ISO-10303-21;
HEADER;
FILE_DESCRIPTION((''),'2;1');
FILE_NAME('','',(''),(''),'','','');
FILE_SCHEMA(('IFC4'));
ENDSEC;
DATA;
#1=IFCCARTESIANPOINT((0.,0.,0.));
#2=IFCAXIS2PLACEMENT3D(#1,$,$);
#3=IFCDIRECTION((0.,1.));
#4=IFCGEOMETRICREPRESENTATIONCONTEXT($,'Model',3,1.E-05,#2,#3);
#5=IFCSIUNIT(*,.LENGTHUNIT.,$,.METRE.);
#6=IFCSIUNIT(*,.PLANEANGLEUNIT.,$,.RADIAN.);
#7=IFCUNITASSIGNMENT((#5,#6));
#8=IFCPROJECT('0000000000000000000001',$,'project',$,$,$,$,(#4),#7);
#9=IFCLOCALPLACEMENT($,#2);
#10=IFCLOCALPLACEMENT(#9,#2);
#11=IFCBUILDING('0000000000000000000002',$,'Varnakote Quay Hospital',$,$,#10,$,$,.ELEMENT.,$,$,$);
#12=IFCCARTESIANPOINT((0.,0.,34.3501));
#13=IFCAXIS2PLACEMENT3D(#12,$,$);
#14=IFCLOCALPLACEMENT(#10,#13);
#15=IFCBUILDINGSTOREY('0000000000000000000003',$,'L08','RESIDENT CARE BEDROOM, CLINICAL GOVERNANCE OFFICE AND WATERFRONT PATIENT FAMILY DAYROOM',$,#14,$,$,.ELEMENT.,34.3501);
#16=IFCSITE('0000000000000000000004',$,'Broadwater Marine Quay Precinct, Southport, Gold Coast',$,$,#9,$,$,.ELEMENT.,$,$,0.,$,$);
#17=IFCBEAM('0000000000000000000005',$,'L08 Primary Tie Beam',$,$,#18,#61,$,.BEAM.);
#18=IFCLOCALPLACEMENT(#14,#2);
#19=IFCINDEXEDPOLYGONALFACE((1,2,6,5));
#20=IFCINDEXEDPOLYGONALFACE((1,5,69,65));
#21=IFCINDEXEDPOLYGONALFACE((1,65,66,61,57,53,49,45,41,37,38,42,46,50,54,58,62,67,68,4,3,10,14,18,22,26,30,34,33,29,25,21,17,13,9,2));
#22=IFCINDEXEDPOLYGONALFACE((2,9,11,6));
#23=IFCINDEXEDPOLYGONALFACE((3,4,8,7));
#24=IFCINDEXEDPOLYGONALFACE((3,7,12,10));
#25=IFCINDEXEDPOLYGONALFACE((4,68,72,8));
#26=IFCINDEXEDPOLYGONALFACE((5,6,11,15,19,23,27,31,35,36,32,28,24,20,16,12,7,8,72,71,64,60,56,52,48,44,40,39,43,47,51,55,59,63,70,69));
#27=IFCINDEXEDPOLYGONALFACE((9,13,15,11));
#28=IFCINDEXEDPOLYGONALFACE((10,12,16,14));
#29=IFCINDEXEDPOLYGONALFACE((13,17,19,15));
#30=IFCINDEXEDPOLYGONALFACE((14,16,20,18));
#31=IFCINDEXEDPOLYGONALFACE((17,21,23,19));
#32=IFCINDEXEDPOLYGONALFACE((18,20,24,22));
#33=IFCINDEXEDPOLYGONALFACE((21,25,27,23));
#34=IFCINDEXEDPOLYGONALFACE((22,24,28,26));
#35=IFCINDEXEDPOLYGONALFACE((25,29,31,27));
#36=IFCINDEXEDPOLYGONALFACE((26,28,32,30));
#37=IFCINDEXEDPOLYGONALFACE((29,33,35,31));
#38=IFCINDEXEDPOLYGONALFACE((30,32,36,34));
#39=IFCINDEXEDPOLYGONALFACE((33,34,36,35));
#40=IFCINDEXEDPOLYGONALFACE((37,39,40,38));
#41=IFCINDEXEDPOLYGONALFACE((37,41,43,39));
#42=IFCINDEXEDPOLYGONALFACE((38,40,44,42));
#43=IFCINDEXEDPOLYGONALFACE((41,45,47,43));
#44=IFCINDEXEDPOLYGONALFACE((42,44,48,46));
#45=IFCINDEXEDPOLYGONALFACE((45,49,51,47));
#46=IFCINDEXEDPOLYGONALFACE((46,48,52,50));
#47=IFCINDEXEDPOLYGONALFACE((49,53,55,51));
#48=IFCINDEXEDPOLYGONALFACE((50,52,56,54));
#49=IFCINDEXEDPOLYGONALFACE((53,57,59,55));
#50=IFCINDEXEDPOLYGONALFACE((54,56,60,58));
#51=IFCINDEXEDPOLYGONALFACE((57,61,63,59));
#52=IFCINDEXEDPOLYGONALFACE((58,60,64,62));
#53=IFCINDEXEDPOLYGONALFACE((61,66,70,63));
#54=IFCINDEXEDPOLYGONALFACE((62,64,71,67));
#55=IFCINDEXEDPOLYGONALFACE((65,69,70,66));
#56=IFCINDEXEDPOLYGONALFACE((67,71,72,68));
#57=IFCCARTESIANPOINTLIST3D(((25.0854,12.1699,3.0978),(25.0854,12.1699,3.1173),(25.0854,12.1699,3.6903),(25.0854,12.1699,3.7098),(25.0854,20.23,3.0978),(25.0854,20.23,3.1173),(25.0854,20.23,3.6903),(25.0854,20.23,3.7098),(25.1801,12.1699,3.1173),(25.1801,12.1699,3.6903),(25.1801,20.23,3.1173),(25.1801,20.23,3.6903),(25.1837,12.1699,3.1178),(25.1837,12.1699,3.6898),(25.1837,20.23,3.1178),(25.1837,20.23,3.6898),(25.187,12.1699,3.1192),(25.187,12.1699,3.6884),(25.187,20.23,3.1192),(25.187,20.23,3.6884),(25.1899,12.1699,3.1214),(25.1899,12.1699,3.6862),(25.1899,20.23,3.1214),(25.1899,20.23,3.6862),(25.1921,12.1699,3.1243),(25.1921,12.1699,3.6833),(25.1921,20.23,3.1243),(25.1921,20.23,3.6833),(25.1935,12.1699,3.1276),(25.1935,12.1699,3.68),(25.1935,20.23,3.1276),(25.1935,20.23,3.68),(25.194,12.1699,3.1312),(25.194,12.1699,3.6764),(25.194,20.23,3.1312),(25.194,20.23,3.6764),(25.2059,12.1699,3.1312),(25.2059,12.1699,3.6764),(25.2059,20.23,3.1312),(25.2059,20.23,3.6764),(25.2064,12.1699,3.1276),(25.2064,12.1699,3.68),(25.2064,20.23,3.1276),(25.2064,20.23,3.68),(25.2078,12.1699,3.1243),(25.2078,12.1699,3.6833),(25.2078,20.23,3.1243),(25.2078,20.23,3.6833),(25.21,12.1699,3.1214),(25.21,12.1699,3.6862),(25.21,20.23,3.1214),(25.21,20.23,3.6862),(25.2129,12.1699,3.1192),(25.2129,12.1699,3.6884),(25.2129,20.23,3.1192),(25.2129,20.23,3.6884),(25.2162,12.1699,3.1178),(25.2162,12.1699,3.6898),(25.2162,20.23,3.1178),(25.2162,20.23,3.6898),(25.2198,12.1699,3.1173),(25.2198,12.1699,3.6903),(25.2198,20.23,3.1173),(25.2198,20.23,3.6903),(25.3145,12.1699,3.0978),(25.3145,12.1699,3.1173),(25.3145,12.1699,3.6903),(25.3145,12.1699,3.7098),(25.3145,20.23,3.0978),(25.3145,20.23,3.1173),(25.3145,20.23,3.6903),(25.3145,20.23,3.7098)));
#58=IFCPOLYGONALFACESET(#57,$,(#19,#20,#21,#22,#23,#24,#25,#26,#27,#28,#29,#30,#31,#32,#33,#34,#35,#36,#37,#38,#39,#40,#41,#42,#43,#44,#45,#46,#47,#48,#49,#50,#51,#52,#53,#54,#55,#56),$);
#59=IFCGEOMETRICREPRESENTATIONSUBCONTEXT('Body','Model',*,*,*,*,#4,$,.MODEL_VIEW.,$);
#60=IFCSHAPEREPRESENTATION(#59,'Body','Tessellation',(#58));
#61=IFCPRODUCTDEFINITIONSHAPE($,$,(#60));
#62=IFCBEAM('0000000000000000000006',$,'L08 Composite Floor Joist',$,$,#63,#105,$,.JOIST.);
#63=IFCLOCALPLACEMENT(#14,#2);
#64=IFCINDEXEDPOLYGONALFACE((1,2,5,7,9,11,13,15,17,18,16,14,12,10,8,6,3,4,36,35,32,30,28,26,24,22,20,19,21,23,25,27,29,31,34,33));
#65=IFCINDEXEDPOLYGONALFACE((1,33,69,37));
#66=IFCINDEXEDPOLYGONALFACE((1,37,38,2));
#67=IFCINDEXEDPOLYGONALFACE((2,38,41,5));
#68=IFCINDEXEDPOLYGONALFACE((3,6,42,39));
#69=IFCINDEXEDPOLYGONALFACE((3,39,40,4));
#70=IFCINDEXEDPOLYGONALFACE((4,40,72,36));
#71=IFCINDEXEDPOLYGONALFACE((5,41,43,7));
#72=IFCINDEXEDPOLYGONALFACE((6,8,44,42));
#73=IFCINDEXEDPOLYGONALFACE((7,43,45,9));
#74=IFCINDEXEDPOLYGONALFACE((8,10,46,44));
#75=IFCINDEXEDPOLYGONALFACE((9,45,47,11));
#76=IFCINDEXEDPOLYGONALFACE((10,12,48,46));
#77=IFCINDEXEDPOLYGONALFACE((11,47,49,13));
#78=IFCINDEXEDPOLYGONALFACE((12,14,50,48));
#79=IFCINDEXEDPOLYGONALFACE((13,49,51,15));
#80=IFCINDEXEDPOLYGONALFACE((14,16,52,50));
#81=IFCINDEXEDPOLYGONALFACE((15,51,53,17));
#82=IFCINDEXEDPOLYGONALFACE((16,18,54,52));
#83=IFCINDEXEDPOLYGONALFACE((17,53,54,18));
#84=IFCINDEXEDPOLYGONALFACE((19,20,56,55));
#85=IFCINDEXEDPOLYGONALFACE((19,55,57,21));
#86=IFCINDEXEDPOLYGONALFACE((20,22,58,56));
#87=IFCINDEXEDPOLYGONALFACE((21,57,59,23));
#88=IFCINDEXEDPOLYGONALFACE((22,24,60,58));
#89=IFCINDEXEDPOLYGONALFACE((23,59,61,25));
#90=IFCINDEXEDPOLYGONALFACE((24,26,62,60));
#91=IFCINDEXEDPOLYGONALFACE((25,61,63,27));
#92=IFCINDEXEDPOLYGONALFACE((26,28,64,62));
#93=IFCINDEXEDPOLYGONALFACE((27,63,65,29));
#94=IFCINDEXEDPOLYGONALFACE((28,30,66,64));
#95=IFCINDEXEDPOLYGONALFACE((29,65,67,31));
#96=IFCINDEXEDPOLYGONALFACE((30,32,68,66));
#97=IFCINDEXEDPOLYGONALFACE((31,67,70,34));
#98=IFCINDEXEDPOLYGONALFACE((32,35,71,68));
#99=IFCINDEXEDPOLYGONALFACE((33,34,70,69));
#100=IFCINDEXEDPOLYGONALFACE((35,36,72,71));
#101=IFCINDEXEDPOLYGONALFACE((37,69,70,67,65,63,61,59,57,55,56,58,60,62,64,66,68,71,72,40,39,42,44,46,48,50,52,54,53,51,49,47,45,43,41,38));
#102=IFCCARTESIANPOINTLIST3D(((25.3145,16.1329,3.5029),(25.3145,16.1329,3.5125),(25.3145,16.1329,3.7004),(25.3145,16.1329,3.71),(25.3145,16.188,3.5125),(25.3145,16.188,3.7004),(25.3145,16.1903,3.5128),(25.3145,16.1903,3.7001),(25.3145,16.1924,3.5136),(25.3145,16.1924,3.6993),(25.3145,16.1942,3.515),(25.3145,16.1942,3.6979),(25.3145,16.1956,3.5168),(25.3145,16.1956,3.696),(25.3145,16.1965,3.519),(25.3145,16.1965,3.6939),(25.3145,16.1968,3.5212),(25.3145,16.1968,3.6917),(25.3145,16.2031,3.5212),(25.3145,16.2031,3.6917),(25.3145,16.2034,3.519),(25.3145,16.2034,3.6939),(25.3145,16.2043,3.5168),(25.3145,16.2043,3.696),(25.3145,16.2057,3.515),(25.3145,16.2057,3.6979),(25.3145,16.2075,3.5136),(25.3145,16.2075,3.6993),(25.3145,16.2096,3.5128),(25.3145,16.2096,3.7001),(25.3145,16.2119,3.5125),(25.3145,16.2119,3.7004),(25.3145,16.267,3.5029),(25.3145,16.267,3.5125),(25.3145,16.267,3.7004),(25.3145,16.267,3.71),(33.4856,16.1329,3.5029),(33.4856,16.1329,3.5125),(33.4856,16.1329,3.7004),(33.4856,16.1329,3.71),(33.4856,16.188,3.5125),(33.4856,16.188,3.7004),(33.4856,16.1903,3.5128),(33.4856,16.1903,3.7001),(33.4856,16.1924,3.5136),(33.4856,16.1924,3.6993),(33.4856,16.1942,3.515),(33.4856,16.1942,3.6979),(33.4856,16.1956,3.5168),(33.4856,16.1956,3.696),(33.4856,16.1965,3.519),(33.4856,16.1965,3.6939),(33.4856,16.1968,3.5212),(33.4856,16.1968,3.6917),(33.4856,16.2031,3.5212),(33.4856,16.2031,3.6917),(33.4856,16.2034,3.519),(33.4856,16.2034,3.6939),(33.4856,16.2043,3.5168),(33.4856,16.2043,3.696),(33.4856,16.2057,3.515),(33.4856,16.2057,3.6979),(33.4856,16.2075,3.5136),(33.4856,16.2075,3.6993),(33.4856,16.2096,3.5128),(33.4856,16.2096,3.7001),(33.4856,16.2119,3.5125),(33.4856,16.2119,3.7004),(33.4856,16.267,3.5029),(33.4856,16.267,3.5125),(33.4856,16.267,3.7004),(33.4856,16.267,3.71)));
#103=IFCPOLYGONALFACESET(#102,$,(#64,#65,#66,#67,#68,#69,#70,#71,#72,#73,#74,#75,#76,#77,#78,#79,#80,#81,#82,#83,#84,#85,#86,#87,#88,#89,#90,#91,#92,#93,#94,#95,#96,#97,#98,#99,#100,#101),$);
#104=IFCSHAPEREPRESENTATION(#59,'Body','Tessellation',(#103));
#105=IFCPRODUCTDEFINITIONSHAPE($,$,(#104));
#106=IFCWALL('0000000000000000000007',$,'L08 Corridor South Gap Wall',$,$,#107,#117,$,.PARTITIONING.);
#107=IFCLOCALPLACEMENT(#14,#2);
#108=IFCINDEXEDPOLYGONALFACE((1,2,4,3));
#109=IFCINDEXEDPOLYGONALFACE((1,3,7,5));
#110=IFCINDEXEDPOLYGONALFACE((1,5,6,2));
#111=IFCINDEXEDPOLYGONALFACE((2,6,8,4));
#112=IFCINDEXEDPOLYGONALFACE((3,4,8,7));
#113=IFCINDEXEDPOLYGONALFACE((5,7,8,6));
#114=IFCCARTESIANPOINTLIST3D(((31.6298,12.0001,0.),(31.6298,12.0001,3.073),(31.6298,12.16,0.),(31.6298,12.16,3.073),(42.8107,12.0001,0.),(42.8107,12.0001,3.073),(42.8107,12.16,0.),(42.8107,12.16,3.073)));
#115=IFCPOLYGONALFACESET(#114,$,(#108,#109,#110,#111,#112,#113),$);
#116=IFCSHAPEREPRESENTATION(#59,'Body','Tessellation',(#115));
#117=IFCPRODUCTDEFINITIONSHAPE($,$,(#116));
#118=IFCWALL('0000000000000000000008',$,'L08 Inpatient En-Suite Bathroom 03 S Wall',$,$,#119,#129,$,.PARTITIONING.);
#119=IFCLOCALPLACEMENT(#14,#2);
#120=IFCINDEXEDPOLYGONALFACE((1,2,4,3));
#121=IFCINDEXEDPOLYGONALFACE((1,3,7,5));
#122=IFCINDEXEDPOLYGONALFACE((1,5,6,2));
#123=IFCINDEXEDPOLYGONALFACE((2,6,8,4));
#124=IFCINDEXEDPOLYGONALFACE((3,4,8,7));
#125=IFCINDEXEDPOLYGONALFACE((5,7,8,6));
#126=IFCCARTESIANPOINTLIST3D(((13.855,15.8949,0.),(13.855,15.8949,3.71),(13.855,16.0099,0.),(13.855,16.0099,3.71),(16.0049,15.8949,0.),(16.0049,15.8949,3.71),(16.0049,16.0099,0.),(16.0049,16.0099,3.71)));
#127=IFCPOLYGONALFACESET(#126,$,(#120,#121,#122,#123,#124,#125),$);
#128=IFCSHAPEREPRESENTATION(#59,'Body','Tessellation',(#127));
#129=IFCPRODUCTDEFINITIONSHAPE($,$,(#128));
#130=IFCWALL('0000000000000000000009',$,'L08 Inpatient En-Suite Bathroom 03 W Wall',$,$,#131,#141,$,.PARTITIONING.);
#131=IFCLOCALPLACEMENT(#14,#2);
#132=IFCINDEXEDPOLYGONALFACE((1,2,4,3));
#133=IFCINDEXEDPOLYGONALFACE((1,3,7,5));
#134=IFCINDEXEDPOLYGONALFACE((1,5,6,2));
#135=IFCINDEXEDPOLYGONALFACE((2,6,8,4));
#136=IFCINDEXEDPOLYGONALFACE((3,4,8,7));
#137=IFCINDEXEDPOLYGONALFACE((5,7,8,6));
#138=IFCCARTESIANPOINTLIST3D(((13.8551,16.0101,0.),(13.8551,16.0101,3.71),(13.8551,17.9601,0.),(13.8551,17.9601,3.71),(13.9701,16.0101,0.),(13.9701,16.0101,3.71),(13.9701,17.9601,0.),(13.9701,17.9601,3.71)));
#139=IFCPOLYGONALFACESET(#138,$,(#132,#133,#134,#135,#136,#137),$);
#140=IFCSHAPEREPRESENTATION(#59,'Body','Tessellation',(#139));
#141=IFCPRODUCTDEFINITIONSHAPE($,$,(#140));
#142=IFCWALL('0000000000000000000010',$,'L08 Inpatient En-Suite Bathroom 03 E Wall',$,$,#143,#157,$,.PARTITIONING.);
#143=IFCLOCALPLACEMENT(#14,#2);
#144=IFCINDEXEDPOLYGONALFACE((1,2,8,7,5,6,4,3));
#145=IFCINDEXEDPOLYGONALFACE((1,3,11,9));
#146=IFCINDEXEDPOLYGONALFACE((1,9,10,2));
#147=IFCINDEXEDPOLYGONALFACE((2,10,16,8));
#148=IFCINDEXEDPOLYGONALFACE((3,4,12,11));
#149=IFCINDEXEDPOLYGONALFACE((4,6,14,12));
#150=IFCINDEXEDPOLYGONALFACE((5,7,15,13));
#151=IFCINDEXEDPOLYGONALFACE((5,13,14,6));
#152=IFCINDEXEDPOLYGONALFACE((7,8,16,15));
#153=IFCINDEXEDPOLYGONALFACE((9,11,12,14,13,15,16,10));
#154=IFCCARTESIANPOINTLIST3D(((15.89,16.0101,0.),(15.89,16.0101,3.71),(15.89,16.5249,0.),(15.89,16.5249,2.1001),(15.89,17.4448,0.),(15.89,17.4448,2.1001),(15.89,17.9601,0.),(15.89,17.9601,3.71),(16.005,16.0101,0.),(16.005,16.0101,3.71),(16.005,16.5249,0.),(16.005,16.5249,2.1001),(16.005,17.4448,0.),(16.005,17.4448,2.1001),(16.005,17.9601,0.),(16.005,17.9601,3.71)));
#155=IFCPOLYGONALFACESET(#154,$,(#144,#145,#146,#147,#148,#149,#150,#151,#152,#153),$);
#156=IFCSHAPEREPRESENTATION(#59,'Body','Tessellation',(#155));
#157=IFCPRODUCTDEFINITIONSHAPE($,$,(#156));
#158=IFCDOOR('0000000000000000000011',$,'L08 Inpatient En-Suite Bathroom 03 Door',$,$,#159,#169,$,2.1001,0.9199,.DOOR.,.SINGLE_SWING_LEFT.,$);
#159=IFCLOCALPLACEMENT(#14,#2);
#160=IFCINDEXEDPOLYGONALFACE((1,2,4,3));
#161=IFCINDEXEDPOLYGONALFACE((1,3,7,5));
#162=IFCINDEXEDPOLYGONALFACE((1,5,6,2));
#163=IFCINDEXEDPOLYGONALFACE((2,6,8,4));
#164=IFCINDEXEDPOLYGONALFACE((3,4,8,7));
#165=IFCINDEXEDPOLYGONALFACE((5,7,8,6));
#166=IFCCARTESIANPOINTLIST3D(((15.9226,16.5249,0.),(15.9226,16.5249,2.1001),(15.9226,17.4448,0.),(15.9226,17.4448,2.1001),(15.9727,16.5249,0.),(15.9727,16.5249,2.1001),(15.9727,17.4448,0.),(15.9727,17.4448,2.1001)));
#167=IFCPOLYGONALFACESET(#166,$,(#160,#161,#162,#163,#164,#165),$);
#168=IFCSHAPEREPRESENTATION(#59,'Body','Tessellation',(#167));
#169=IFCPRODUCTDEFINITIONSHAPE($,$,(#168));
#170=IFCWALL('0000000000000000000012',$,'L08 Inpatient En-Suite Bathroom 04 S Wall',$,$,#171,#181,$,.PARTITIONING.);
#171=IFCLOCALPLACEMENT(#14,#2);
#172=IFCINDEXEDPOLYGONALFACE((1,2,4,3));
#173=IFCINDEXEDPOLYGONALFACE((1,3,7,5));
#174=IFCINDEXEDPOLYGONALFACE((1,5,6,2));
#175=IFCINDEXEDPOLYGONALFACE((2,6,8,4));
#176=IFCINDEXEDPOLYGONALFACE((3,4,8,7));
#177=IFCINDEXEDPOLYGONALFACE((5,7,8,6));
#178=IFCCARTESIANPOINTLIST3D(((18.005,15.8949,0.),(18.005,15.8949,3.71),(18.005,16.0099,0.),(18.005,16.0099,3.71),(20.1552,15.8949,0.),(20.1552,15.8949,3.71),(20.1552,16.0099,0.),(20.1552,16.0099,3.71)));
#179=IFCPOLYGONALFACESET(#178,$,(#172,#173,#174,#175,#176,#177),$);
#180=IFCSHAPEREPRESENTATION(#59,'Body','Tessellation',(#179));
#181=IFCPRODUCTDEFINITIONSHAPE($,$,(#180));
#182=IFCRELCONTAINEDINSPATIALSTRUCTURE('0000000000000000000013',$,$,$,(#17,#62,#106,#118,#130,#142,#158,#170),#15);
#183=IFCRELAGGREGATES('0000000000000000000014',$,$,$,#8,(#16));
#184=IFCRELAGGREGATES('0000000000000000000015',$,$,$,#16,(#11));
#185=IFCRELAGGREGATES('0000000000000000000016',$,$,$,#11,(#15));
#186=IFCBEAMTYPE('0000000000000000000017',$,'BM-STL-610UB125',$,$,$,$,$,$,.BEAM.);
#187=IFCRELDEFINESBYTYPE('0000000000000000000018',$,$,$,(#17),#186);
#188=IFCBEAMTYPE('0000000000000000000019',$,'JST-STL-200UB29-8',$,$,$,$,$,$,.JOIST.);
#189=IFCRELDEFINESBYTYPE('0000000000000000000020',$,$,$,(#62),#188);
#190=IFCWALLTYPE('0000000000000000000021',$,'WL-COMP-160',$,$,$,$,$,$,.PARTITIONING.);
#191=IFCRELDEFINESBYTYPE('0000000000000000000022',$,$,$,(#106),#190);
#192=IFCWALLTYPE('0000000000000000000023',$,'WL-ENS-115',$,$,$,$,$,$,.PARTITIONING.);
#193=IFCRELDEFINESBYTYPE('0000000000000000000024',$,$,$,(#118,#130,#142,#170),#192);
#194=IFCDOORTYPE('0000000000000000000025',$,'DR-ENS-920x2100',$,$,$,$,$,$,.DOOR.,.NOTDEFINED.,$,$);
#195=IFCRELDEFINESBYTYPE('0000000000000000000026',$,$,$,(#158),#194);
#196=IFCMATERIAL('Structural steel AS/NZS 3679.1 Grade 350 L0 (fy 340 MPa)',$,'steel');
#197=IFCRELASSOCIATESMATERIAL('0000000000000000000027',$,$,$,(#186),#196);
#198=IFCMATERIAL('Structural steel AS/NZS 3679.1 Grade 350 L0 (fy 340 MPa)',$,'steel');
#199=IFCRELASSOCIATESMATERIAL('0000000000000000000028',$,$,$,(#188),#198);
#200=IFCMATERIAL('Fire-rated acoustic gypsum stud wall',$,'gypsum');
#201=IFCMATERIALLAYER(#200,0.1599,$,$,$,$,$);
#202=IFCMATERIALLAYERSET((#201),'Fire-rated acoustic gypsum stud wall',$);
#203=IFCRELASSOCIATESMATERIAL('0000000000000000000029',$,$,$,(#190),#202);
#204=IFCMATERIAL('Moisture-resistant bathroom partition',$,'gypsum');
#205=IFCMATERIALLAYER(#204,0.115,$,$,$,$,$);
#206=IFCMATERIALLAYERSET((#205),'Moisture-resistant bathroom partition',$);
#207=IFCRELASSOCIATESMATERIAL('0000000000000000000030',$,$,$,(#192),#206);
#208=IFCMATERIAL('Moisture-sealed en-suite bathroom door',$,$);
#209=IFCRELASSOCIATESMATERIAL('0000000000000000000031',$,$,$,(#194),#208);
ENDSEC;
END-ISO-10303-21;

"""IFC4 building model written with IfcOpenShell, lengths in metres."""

from ifc_helpers import new_model, si_unit, direction, frame, frame_2d, origin, origin_2d, place, context, subcontext, project, spatial, rectangle, i_section, extrude, material, layer, layer_set, material_profile, profile_set, type_object, element, fill, save


model = new_model("IFC4")

# Units and contexts
model_context = context("Model", 3, precision=1e-05, world=origin(), true_north=direction((0.0, 1.0)))
body_context = subcontext(model_context, "Body", "Model", "MODEL_VIEW")
ifc_project = project(units=[si_unit("LENGTHUNIT", "METRE"), si_unit("PLANEANGLEUNIT", "RADIAN")], contexts=[model_context])

# Site, building, storey
site_placement = place(None, origin())
site = spatial("IfcSite", under=ifc_project, at=site_placement, Name="Broadwater Marine Quay Precinct, Southport, Gold Coast", CompositionType="ELEMENT", RefElevation=0.0)
building_placement = place(site_placement, origin())
building = spatial("IfcBuilding", under=site, at=building_placement, Name="Varnakote Quay Hospital", CompositionType="ELEMENT")
storey_placement = place(building_placement, frame((0.0, 0.0, 34.3501)))
storey = spatial("IfcBuildingStorey", under=building, at=storey_placement, Name="L08", Description="RESIDENT CARE BEDROOM, CLINICAL GOVERNANCE OFFICE AND WATERFRONT PATIENT FAMILY DAYROOM", CompositionType="ELEMENT", Elevation=34.3501)

# Beams
ifc_material_1 = material(Name="Structural steel AS/NZS 3679.1 Grade 350 L0 (fy 340 MPa)", Category="steel")
ifc_material_profile_1 = material_profile(ifc_material_1, i_section(OverallWidth=0.229, OverallDepth=0.6121, WebThickness=0.012, FlangeThickness=0.0195, FilletRadius=0.0139, at=origin_2d()), Name="610UB125")
ifc_profile_set_1 = profile_set([ifc_material_profile_1], Name="Structural steel AS/NZS 3679.1 Grade 350 L0 (fy 340 MPa)")
beam_type_1 = type_object("IfcBeamType", Name="BM-STL-610UB125", PredefinedType="BEAM", material=ifc_profile_set_1)
beam_1_placement = place(storey_placement, frame((25.2, 12.1699, 3.4038), z_axis=(0.0, 1.0, 0.0), x_axis=(-1.0, 0.0, 0.0)))
element("IfcBeam", 1, at=beam_1_placement, inside=storey, type_object=beam_type_1, Name="L08 Primary Tie Beam", PredefinedType="BEAM", context=body_context, shape_type="SweptSolid", body=[
    extrude(i_section(OverallWidth=0.229, OverallDepth=0.6121, WebThickness=0.012, FlangeThickness=0.0195, FilletRadius=0.0139, at=origin_2d()), origin(), (0.0, 0.0, 1.0), 8.0601),
])
ifc_material_2 = material(Name="Structural steel AS/NZS 3679.1 Grade 350 L0 (fy 340 MPa)", Category="steel")
ifc_material_profile_2 = material_profile(ifc_material_2, i_section(OverallWidth=0.134, OverallDepth=0.207, WebThickness=0.0063, FlangeThickness=0.0095, FilletRadius=0.0088, at=origin_2d()), Name="200UB29.8")
ifc_profile_set_2 = profile_set([ifc_material_profile_2], Name="Structural steel AS/NZS 3679.1 Grade 350 L0 (fy 340 MPa)")
beam_type_2 = type_object("IfcBeamType", Name="JST-STL-200UB29-8", PredefinedType="JOIST", material=ifc_profile_set_2)
beam_2_placement = place(storey_placement, frame((25.3145, 16.2, 3.6064), z_axis=(1.0, 0.0, 0.0), x_axis=(0.0, 1.0, 0.0)))
element("IfcBeam", 2, at=beam_2_placement, inside=storey, type_object=beam_type_2, Name="L08 Composite Floor Joist", PredefinedType="JOIST", context=body_context, shape_type="SweptSolid", body=[
    extrude(i_section(OverallWidth=0.134, OverallDepth=0.207, WebThickness=0.0063, FlangeThickness=0.0095, FilletRadius=0.0088, at=origin_2d()), origin(), (0.0, 0.0, 1.0), 8.1711),
])

# Walls
ifc_material_3 = material(Name="Fire-rated acoustic gypsum stud wall", Category="gypsum")
ifc_layer_1 = layer(ifc_material_3, 0.1599)
ifc_layer_set_1 = layer_set([ifc_layer_1], Name="Fire-rated acoustic gypsum stud wall")
wall_type_1 = type_object("IfcWallType", Name="WL-COMP-160", PredefinedType="PARTITIONING", material=ifc_layer_set_1)
wall_1_placement = place(storey_placement, frame((31.6299, 12.0801, 0.0), z_axis=(0.0, 0.0, 1.0), x_axis=(1.0, 0.0, 0.0)))
element("IfcWall", 3, at=wall_1_placement, inside=storey, type_object=wall_type_1, Name="L08 Corridor South Gap Wall", PredefinedType="PARTITIONING", context=body_context, shape_type="SweptSolid", body=[
    extrude(rectangle(XDim=11.1809, YDim=0.1599, at=frame_2d((5.5903, 0.0))), origin(), (0.0, 0.0, 1.0), 3.073),
])
ifc_material_4 = material(Name="Moisture-resistant bathroom partition", Category="gypsum")
ifc_layer_2 = layer(ifc_material_4, 0.115)
ifc_layer_set_2 = layer_set([ifc_layer_2], Name="Moisture-resistant bathroom partition")
wall_type_2 = type_object("IfcWallType", Name="WL-ENS-115", PredefinedType="PARTITIONING", material=ifc_layer_set_2)
wall_2_placement = place(storey_placement, frame((13.855, 15.9524, 0.0), z_axis=(0.0, 0.0, 1.0), x_axis=(1.0, 0.0, 0.0)))
element("IfcWall", 4, at=wall_2_placement, inside=storey, type_object=wall_type_2, Name="L08 Inpatient En-Suite Bathroom 03 S Wall", PredefinedType="PARTITIONING", context=body_context, shape_type="SweptSolid", body=[
    extrude(rectangle(XDim=2.1499, YDim=0.115, at=frame_2d((1.075, 0.0))), origin(), (0.0, 0.0, 1.0), 3.71),
])
wall_3_placement = place(storey_placement, frame((13.9126, 16.01, 0.0), z_axis=(0.0, 0.0, 1.0), x_axis=(0.0, 1.0, 0.0)))
element("IfcWall", 5, at=wall_3_placement, inside=storey, type_object=wall_type_2, Name="L08 Inpatient En-Suite Bathroom 03 W Wall", PredefinedType="PARTITIONING", context=body_context, shape_type="SweptSolid", body=[
    extrude(rectangle(XDim=1.95, YDim=0.115, at=frame_2d((0.9751, 0.0))), origin(), (0.0, 0.0, 1.0), 3.71),
])

# Wall, opening, door
wall_4_placement = place(storey_placement, frame((15.9475, 16.01, 0.0), z_axis=(0.0, 0.0, 1.0), x_axis=(0.0, 1.0, 0.0)))
wall_4 = element("IfcWall", 6, at=wall_4_placement, inside=storey, type_object=wall_type_2, Name="L08 Inpatient En-Suite Bathroom 03 E Wall", PredefinedType="PARTITIONING", context=body_context, shape_type="SweptSolid", body=[
    extrude(rectangle(XDim=1.95, YDim=0.115, at=frame_2d((0.9751, 0.0))), origin(), (0.0, 0.0, 1.0), 3.71),
])
opening_1_placement = place(wall_4_placement, frame((0.5149, 0.0, 0.0)))
opening_1 = element("IfcOpeningElement", 7, at=opening_1_placement, cuts=wall_4, PredefinedType="OPENING", context=body_context, shape_type="SweptSolid", body=[
    extrude(rectangle(XDim=0.9199, YDim=2.1001, at=frame_2d((0.46, 1.05))), frame((0.0, 0.0674, 0.0), z_axis=(0.0, -1.0, 0.0), x_axis=(1.0, 0.0, 0.0)), (0.0, 0.0, 1.0), 0.135),
])
ifc_material_5 = material(Name="Moisture-sealed en-suite bathroom door")
door_type_1 = type_object("IfcDoorType", Name="DR-ENS-920x2100", OperationType="NOTDEFINED", PredefinedType="DOOR", material=ifc_material_5)
door_1_placement = place(opening_1_placement, origin())
door_1 = element("IfcDoor", 8, at=door_1_placement, inside=storey, type_object=door_type_1, Name="L08 Inpatient En-Suite Bathroom 03 Door", OperationType="SINGLE_SWING_LEFT", OverallHeight=2.1001, OverallWidth=0.9199, PredefinedType="DOOR", context=body_context, shape_type="SweptSolid", body=[
    extrude(rectangle(XDim=0.9199, YDim=2.1001, at=frame_2d((0.46, 1.05))), frame((0.0, 0.0249, 0.0), z_axis=(0.0, -1.0, 0.0), x_axis=(1.0, 0.0, 0.0)), (0.0, 0.0, 1.0), 0.05),
])
fill(opening_1, door_1)

# Wall
wall_5_placement = place(storey_placement, frame((18.0049, 15.9524, 0.0), z_axis=(0.0, 0.0, 1.0), x_axis=(1.0, 0.0, 0.0)))
element("IfcWall", 9, at=wall_5_placement, inside=storey, type_object=wall_type_2, Name="L08 Inpatient En-Suite Bathroom 04 S Wall", PredefinedType="PARTITIONING", context=body_context, shape_type="SweptSolid", body=[
    extrude(rectangle(XDim=2.1501, YDim=0.115, at=frame_2d((1.0752, 0.0))), origin(), (0.0, 0.0, 1.0), 3.71),
])

save(model, "model.ifc")
